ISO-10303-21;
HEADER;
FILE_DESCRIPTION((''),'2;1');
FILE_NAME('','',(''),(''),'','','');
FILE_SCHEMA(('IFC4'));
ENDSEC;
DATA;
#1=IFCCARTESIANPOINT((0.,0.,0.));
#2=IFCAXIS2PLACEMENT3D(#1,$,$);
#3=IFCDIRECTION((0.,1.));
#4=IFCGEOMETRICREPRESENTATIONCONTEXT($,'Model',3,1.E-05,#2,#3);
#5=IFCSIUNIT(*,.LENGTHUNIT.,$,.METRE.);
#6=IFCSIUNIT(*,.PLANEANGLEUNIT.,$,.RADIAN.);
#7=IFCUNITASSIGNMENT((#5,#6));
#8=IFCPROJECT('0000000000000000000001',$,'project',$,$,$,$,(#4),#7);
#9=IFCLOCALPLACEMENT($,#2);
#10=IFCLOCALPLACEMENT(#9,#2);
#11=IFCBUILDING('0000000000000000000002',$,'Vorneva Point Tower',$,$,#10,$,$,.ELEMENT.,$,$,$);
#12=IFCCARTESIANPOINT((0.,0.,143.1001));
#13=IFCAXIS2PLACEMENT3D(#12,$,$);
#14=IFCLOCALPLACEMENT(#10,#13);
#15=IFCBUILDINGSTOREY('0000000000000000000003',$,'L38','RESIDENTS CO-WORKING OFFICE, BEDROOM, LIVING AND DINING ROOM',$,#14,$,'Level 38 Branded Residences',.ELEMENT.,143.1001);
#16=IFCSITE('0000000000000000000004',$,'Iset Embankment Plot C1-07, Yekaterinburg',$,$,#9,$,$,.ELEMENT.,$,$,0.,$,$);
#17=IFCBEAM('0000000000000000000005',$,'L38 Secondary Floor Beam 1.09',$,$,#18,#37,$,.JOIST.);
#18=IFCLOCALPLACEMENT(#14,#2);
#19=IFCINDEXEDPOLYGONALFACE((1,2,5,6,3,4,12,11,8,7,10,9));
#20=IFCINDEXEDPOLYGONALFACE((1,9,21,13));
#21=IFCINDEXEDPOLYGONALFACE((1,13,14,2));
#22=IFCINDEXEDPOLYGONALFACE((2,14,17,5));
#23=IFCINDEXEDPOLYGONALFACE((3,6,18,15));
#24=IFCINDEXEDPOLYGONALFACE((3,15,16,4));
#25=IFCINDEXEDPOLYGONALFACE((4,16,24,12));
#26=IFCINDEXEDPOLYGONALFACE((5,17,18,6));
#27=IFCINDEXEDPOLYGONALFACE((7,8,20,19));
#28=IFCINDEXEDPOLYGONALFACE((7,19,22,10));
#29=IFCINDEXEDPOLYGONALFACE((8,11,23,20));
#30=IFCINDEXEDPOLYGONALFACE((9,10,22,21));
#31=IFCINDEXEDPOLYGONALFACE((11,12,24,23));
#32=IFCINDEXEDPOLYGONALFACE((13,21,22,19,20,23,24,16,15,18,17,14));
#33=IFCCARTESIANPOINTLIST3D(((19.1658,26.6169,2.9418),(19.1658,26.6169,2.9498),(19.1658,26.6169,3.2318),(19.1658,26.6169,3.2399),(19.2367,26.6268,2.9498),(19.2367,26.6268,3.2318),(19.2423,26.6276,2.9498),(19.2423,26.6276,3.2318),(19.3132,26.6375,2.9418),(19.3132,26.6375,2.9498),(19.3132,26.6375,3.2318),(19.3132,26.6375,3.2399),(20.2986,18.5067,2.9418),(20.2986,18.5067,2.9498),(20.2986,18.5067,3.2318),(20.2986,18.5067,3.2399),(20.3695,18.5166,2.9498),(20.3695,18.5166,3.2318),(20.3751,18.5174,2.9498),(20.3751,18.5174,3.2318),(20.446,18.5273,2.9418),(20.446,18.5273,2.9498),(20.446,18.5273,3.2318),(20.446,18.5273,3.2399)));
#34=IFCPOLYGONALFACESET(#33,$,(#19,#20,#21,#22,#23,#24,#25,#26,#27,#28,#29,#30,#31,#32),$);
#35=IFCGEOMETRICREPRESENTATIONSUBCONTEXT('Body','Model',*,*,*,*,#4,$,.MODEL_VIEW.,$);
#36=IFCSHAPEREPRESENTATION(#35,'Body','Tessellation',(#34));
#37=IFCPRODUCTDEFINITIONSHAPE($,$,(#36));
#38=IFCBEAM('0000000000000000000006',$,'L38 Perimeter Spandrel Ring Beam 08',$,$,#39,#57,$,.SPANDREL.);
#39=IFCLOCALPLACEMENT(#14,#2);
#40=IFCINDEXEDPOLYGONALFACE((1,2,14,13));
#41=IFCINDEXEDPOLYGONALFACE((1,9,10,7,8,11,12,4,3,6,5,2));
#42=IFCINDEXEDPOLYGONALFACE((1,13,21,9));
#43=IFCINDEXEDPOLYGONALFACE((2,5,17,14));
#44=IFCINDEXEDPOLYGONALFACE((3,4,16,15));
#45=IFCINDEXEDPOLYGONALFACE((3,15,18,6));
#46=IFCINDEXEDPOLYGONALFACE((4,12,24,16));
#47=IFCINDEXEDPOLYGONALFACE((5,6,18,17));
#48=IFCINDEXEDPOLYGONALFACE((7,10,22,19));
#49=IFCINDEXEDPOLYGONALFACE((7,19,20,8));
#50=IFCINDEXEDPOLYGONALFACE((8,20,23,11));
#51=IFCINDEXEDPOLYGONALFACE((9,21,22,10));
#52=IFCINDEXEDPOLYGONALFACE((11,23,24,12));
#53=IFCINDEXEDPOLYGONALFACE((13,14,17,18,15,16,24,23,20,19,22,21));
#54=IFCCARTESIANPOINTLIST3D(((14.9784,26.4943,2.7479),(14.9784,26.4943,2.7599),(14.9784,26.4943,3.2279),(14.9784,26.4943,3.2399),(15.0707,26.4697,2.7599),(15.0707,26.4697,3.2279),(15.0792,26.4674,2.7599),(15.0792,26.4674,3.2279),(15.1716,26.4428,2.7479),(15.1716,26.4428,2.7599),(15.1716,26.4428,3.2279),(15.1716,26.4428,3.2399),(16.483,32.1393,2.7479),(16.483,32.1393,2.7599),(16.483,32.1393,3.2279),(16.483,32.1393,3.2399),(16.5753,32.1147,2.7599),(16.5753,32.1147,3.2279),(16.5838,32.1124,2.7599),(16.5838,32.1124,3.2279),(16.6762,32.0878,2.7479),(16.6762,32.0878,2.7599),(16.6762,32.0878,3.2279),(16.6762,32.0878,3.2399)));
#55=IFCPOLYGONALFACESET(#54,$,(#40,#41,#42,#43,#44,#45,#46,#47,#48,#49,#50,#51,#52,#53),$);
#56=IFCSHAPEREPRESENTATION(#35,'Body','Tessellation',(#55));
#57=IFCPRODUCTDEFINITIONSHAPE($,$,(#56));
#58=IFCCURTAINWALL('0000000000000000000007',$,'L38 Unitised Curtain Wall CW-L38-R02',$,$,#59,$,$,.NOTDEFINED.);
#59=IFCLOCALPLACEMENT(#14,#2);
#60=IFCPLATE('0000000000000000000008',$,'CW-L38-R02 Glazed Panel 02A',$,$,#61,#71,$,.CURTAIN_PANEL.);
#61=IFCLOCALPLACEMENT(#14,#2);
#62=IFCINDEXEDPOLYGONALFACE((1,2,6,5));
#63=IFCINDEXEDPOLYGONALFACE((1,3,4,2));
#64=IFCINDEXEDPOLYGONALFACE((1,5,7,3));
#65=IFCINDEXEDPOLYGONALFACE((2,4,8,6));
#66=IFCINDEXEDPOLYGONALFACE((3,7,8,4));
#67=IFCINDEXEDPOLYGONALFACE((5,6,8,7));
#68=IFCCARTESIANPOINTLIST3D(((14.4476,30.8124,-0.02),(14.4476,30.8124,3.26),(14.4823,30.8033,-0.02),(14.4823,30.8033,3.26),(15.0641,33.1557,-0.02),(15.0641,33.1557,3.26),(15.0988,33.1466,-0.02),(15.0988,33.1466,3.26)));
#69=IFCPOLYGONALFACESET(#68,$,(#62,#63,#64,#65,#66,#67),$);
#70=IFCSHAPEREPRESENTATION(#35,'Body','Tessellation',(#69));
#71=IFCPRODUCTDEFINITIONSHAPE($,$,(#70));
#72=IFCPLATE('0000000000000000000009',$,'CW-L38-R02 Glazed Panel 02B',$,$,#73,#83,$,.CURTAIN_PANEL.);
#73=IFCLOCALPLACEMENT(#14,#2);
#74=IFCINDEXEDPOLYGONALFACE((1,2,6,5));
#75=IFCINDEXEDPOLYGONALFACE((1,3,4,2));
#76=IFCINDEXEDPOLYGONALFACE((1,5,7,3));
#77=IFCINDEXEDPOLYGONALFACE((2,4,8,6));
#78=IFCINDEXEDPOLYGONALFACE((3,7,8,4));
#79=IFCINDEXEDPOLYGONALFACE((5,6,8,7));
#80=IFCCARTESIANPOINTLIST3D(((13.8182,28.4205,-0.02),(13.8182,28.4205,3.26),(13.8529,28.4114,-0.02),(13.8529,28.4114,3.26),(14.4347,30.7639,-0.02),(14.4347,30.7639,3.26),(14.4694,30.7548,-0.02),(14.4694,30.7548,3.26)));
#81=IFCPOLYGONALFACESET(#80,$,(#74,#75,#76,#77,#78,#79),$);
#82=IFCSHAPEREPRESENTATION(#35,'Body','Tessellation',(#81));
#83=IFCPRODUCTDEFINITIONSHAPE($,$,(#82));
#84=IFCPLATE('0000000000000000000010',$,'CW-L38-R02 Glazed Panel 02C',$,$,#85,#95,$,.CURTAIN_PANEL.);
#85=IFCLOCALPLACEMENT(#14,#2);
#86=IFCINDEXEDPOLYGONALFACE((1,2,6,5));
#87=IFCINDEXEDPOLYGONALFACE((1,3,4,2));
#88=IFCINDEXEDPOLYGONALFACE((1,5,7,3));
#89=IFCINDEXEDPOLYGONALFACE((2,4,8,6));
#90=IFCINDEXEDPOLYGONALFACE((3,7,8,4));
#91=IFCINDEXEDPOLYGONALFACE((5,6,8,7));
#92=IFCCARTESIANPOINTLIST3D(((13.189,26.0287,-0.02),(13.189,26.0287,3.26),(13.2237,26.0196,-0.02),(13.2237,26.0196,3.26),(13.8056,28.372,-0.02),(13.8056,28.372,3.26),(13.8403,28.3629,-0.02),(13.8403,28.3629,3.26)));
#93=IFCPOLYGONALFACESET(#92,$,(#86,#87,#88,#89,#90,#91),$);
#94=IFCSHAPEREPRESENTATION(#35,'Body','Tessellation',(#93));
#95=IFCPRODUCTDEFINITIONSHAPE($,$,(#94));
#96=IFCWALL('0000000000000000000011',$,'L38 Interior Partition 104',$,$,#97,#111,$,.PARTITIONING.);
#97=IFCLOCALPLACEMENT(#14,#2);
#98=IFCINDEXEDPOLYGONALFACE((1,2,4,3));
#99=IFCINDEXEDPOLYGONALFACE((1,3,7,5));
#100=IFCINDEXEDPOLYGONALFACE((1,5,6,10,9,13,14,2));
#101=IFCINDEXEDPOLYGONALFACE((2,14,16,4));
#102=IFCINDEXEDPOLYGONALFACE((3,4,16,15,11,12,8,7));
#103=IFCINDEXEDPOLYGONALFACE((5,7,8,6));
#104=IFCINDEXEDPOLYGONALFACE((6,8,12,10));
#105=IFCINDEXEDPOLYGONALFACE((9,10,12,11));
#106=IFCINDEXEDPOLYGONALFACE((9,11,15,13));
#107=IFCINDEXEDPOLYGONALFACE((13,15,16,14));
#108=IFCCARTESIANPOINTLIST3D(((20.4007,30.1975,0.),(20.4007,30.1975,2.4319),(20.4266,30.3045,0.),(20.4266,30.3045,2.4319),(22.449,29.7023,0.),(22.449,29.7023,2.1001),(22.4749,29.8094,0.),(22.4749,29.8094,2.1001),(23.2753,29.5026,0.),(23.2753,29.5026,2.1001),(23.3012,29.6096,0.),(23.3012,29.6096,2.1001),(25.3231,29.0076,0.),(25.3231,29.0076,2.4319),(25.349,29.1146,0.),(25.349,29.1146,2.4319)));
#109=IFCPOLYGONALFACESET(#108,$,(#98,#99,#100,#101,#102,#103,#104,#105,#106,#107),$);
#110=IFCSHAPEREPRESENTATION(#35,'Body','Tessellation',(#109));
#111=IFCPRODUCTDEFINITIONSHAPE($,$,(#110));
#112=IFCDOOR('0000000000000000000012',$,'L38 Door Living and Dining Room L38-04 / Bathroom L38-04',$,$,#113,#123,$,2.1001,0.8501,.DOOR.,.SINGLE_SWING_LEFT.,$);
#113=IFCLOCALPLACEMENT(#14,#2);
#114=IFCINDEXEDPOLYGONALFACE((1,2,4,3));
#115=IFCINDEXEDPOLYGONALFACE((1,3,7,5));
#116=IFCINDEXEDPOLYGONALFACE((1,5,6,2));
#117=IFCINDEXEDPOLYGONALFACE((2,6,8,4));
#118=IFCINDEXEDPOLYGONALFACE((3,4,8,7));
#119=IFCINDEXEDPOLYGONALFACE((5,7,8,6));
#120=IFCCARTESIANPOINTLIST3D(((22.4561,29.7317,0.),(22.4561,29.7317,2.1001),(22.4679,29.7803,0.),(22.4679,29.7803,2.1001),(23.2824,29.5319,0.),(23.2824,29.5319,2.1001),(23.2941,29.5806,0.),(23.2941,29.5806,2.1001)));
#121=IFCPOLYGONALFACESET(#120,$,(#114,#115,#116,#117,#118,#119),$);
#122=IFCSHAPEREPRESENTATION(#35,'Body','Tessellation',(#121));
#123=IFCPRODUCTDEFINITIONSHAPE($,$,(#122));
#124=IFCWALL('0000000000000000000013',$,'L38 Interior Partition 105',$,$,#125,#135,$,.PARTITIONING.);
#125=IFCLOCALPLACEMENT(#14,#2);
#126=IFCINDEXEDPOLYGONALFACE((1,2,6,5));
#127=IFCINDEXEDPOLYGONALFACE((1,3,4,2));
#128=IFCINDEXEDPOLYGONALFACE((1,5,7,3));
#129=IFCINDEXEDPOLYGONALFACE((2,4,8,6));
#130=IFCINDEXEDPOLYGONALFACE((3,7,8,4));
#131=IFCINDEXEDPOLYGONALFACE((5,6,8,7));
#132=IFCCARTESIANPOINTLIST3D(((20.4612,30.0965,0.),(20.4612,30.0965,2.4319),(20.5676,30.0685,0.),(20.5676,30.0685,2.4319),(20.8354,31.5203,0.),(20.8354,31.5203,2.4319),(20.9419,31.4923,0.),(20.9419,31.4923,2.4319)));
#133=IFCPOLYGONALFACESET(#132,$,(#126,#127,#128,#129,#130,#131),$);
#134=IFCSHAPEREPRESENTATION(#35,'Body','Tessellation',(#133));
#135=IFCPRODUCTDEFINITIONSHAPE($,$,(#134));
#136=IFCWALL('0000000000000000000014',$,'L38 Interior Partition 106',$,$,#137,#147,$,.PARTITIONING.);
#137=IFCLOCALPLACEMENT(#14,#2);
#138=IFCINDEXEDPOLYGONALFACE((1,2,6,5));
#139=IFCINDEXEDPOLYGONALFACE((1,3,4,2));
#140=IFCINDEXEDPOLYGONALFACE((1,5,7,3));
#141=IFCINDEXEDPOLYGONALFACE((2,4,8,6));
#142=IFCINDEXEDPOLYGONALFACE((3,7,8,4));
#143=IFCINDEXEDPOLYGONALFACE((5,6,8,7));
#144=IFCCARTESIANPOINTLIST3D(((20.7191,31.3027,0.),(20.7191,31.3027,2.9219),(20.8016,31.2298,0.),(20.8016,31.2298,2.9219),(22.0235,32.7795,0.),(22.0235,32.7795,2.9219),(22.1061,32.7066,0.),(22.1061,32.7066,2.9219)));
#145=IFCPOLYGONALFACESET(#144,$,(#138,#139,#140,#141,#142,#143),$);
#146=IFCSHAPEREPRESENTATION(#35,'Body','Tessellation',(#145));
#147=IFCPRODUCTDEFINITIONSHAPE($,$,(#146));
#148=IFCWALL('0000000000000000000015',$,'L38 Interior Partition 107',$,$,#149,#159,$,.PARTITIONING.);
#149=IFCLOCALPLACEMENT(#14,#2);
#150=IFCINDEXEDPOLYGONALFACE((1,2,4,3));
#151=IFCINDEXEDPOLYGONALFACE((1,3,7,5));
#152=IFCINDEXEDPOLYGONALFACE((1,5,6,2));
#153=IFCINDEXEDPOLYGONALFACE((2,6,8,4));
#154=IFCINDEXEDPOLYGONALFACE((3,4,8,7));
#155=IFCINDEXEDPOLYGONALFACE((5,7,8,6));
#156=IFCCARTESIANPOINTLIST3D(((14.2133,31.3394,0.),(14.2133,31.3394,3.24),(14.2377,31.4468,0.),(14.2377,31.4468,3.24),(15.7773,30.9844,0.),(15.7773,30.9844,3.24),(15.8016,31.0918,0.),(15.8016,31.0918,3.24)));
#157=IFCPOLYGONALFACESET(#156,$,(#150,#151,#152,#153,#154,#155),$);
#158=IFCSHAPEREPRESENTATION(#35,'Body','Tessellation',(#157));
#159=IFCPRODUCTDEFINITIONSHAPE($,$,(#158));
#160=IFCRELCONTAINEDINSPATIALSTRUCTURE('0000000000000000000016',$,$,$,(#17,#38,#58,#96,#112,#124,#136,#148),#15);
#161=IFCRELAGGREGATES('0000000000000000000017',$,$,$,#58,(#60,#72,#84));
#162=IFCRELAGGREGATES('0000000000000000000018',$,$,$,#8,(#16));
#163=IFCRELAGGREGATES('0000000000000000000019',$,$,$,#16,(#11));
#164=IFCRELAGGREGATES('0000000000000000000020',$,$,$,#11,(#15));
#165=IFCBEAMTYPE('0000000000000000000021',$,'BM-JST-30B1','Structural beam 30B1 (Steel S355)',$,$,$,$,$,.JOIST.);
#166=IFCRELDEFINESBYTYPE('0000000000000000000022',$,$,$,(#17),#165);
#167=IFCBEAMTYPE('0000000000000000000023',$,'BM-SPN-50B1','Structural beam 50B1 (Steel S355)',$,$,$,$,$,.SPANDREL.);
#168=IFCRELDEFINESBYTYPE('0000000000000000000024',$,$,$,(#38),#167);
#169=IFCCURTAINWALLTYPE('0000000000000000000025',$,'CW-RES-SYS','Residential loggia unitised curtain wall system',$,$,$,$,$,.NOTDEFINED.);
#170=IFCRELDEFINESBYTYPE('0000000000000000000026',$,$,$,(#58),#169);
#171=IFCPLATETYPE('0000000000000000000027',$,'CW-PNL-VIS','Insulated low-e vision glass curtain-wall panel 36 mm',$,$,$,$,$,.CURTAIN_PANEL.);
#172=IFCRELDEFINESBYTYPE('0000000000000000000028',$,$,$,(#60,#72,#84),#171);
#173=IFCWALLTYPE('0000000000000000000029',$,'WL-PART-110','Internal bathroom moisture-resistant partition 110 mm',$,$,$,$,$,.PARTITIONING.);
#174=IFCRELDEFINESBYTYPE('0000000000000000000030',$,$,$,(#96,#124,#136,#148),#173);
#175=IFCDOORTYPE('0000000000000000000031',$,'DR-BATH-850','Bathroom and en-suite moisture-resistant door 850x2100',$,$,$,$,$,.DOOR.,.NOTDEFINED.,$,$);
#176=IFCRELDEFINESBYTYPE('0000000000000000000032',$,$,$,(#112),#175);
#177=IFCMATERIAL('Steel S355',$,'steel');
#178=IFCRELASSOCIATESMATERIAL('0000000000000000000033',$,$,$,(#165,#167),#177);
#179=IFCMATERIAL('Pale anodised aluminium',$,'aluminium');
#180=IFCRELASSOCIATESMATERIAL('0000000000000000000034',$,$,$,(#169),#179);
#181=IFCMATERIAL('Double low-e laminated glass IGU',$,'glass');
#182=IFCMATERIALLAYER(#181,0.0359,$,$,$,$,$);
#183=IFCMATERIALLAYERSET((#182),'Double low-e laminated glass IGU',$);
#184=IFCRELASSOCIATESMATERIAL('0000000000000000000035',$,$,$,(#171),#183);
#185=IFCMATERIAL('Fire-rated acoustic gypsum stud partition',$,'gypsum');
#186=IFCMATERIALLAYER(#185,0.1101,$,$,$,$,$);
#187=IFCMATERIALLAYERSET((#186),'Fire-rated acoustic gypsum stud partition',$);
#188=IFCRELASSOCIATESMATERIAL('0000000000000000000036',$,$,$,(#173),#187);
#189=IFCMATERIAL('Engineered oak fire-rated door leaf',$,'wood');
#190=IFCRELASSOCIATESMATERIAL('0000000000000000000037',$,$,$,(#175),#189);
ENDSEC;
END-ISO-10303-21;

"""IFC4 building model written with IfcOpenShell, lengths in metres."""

from ifc_helpers import new_model, si_unit, direction, frame, frame_2d, origin, origin_2d, place, context, subcontext, project, spatial, rectangle, i_section, extrude, material, layer, layer_set, material_profile, profile_set, type_object, element, fill, aggregate, save


model = new_model("IFC4")

# Units and contexts
model_context = context("Model", 3, precision=1e-05, world=origin(), true_north=direction((0.0, 1.0)))
body_context = subcontext(model_context, "Body", "Model", "MODEL_VIEW")
ifc_project = project(units=[si_unit("LENGTHUNIT", "METRE"), si_unit("PLANEANGLEUNIT", "RADIAN")], contexts=[model_context])

# Site, building, storey
site_placement = place(None, origin())
site = spatial("IfcSite", under=ifc_project, at=site_placement, Name="Iset Embankment Plot C1-07, Yekaterinburg", CompositionType="ELEMENT", RefElevation=0.0)
building_placement = place(site_placement, origin())
building = spatial("IfcBuilding", under=site, at=building_placement, Name="Vorneva Point Tower", CompositionType="ELEMENT")
storey_placement = place(building_placement, frame((0.0, 0.0, 143.1001)))
storey = spatial("IfcBuildingStorey", under=building, at=storey_placement, Name="L38", Description="RESIDENTS CO-WORKING OFFICE, BEDROOM, LIVING AND DINING ROOM", LongName="Level 38 Branded Residences", CompositionType="ELEMENT", Elevation=143.1001)

# Beams
ifc_material_1 = material(Name="Steel S355", Category="steel")
ifc_material_profile_1 = material_profile(ifc_material_1, i_section(OverallWidth=0.1489, OverallDepth=0.2981, WebThickness=0.0056, FlangeThickness=0.0081, at=origin_2d()), Name="30B1")
ifc_profile_set_1 = profile_set([ifc_material_profile_1], Name="Steel S355")
beam_type_1 = type_object("IfcBeamType", Name="BM-JST-30B1", Description="Structural beam 30B1 (Steel S355)", PredefinedType="JOIST", material=ifc_profile_set_1)
beam_1_placement = place(storey_placement, frame((19.2395, 26.6272, 3.0908), z_axis=(0.138332, -0.990386, 0.0), x_axis=(0.990386, 0.138332, 0.0)))
element("IfcBeam", 1, at=beam_1_placement, inside=storey, type_object=beam_type_1, Name="L38 Secondary Floor Beam 1.09", PredefinedType="JOIST", context=body_context, shape_type="SweptSolid", body=[
    extrude(i_section(OverallWidth=0.1489, OverallDepth=0.2981, WebThickness=0.0056, FlangeThickness=0.0081, at=origin_2d()), origin(), (0.0, 0.0, 1.0), 8.189),
])
ifc_material_profile_2 = material_profile(ifc_material_1, i_section(OverallWidth=0.2, OverallDepth=0.4919, WebThickness=0.0088, FlangeThickness=0.012, at=origin_2d()), Name="50B1")
ifc_profile_set_2 = profile_set([ifc_material_profile_2], Name="Steel S355")
beam_type_2 = type_object("IfcBeamType", Name="BM-SPN-50B1", Description="Structural beam 50B1 (Steel S355)", PredefinedType="SPANDREL", material=ifc_profile_set_2)
beam_2_placement = place(storey_placement, frame((16.5796, 32.1135, 2.9939), z_axis=(-0.257551, -0.966265, 0.0), x_axis=(0.966265, -0.257551, 0.0)))
element("IfcBeam", 2, at=beam_2_placement, inside=storey, type_object=beam_type_2, Name="L38 Perimeter Spandrel Ring Beam 08", PredefinedType="SPANDREL", context=body_context, shape_type="SweptSolid", body=[
    extrude(i_section(OverallWidth=0.2, OverallDepth=0.4919, WebThickness=0.0088, FlangeThickness=0.012, at=origin_2d()), origin(), (0.0, 0.0, 1.0), 5.842),
])

# Curtain wall, plates
ifc_material_2 = material(Name="Pale anodised aluminium", Category="aluminium")
curtain_wall_type = type_object("IfcCurtainWallType", Name="CW-RES-SYS", Description="Residential loggia unitised curtain wall system", PredefinedType="NOTDEFINED", material=ifc_material_2)
curtain_wall_placement = place(storey_placement, origin())
curtain_wall = element("IfcCurtainWall", 3, at=curtain_wall_placement, inside=storey, type_object=curtain_wall_type, Name="L38 Unitised Curtain Wall CW-L38-R02", PredefinedType="NOTDEFINED")
ifc_material_3 = material(Name="Double low-e laminated glass IGU", Category="glass")
ifc_layer_1 = layer(ifc_material_3, 0.0359)
ifc_layer_set_1 = layer_set([ifc_layer_1], Name="Double low-e laminated glass IGU")
plate_type = type_object("IfcPlateType", Name="CW-PNL-VIS", Description="Insulated low-e vision glass curtain-wall panel 36 mm", PredefinedType="CURTAIN_PANEL", material=ifc_layer_set_1)
plate_1_placement = place(storey_placement, frame((14.7732, 31.9795, -0.02), z_axis=(0.0, 0.0, 1.0), x_axis=(-0.254433, -0.96709, 0.0)))
plate_1 = element("IfcPlate", 4, at=plate_1_placement, type_object=plate_type, Name="CW-L38-R02 Glazed Panel 02A", PredefinedType="CURTAIN_PANEL", context=body_context, shape_type="SweptSolid", body=[
    extrude(rectangle(XDim=2.4231, YDim=0.0359, at=origin_2d()), origin(), (0.0, 0.0, 1.0), 3.28),
])
plate_2_placement = place(storey_placement, frame((14.1438, 29.5876, -0.02), z_axis=(0.0, 0.0, 1.0), x_axis=(-0.254433, -0.96709, 0.0)))
plate_2 = element("IfcPlate", 5, at=plate_2_placement, type_object=plate_type, Name="CW-L38-R02 Glazed Panel 02B", PredefinedType="CURTAIN_PANEL", context=body_context, shape_type="SweptSolid", body=[
    extrude(rectangle(XDim=2.4231, YDim=0.0359, at=origin_2d()), origin(), (0.0, 0.0, 1.0), 3.28),
])
plate_3_placement = place(storey_placement, frame((13.5146, 27.1958, -0.02), z_axis=(0.0, 0.0, 1.0), x_axis=(-0.254433, -0.96709, 0.0)))
plate_3 = element("IfcPlate", 6, at=plate_3_placement, type_object=plate_type, Name="CW-L38-R02 Glazed Panel 02C", PredefinedType="CURTAIN_PANEL", context=body_context, shape_type="SweptSolid", body=[
    extrude(rectangle(XDim=2.4231, YDim=0.0359, at=origin_2d()), origin(), (0.0, 0.0, 1.0), 3.28),
])
aggregate(curtain_wall, [plate_1, plate_2, plate_3])

# Wall, opening, door
ifc_material_4 = material(Name="Fire-rated acoustic gypsum stud partition", Category="gypsum")
ifc_layer_2 = layer(ifc_material_4, 0.1101)
ifc_layer_set_2 = layer_set([ifc_layer_2], Name="Fire-rated acoustic gypsum stud partition")
wall_type_1 = type_object("IfcWallType", Name="WL-PART-110", Description="Internal bathroom moisture-resistant partition 110 mm", PredefinedType="PARTITIONING", material=ifc_layer_set_2)
wall_1_placement = place(storey_placement, frame((25.3362, 29.061, 0.0), z_axis=(0.0, 0.0, 1.0), x_axis=(-0.972002, 0.234974, 0.0)))
wall_1 = element("IfcWall", 7, at=wall_1_placement, inside=storey, type_object=wall_type_1, Name="L38 Interior Partition 104", PredefinedType="PARTITIONING", context=body_context, shape_type="SweptSolid", body=[
    extrude(rectangle(XDim=5.0642, YDim=0.1101, at=frame_2d((2.5322, 0.0))), origin(), (0.0, 0.0, 1.0), 2.4319),
])
opening_1_placement = place(wall_1_placement, frame((2.1069, 0.0, 0.0)))
opening_1 = element("IfcOpeningElement", 8, at=opening_1_placement, cuts=wall_1, PredefinedType="OPENING", context=body_context, shape_type="SweptSolid", body=[
    extrude(rectangle(XDim=0.8501, YDim=2.1001, at=frame_2d((0.425, 1.05))), frame((0.0, 0.0698, 0.0), z_axis=(0.0, -1.0, 0.0), x_axis=(1.0, 0.0, 0.0)), (0.0, 0.0, 1.0), 0.1399),
])
ifc_material_5 = material(Name="Engineered oak fire-rated door leaf", Category="wood")
door_type_1 = type_object("IfcDoorType", Name="DR-BATH-850", Description="Bathroom and en-suite moisture-resistant door 850x2100", OperationType="NOTDEFINED", PredefinedType="DOOR", material=ifc_material_5)
door_1_placement = place(opening_1_placement, origin())
door_1 = element("IfcDoor", 9, at=door_1_placement, inside=storey, type_object=door_type_1, Name="L38 Door Living and Dining Room L38-04 / Bathroom L38-04", OperationType="SINGLE_SWING_LEFT", OverallHeight=2.1001, OverallWidth=0.8501, PredefinedType="DOOR", context=body_context, shape_type="SweptSolid", body=[
    extrude(rectangle(XDim=0.8501, YDim=2.1001, at=frame_2d((0.425, 1.05))), frame((0.0, 0.0249, 0.0), z_axis=(0.0, -1.0, 0.0), x_axis=(1.0, 0.0, 0.0)), (0.0, 0.0, 1.0), 0.05),
])
fill(opening_1, door_1)

# Walls
wall_2_placement = place(storey_placement, frame((20.5144, 30.0825, 0.0), z_axis=(0.0, 0.0, 1.0), x_axis=(0.254224, 0.967145, 0.0)))
element("IfcWall", 10, at=wall_2_placement, inside=storey, type_object=wall_type_1, Name="L38 Interior Partition 105", PredefinedType="PARTITIONING", context=body_context, shape_type="SweptSolid", body=[
    extrude(rectangle(XDim=1.4722, YDim=0.1101, at=frame_2d((0.7361, 0.0))), origin(), (0.0, 0.0, 1.0), 2.4319),
])
wall_3_placement = place(storey_placement, frame((20.7603, 31.2661, 0.0), z_axis=(0.0, 0.0, 1.0), x_axis=(0.662015, 0.749491, 0.0)))
element("IfcWall", 11, at=wall_3_placement, inside=storey, type_object=wall_type_1, Name="L38 Interior Partition 106", PredefinedType="PARTITIONING", context=body_context, shape_type="SweptSolid", body=[
    extrude(rectangle(XDim=1.9705, YDim=0.1101, at=frame_2d((0.9854, 0.0))), origin(), (0.0, 0.0, 1.0), 2.9219),
])
wall_4_placement = place(storey_placement, frame((14.2256, 31.3931, 0.0), z_axis=(0.0, 0.0, 1.0), x_axis=(0.975196, -0.221345, 0.0)))
element("IfcWall", 12, at=wall_4_placement, inside=storey, type_object=wall_type_1, Name="L38 Interior Partition 107", PredefinedType="PARTITIONING", context=body_context, shape_type="SweptSolid", body=[
    extrude(rectangle(XDim=1.6038, YDim=0.1101, at=frame_2d((0.8018, 0.0))), origin(), (0.0, 0.0, 1.0), 3.24),
])

save(model, "model.ifc")
